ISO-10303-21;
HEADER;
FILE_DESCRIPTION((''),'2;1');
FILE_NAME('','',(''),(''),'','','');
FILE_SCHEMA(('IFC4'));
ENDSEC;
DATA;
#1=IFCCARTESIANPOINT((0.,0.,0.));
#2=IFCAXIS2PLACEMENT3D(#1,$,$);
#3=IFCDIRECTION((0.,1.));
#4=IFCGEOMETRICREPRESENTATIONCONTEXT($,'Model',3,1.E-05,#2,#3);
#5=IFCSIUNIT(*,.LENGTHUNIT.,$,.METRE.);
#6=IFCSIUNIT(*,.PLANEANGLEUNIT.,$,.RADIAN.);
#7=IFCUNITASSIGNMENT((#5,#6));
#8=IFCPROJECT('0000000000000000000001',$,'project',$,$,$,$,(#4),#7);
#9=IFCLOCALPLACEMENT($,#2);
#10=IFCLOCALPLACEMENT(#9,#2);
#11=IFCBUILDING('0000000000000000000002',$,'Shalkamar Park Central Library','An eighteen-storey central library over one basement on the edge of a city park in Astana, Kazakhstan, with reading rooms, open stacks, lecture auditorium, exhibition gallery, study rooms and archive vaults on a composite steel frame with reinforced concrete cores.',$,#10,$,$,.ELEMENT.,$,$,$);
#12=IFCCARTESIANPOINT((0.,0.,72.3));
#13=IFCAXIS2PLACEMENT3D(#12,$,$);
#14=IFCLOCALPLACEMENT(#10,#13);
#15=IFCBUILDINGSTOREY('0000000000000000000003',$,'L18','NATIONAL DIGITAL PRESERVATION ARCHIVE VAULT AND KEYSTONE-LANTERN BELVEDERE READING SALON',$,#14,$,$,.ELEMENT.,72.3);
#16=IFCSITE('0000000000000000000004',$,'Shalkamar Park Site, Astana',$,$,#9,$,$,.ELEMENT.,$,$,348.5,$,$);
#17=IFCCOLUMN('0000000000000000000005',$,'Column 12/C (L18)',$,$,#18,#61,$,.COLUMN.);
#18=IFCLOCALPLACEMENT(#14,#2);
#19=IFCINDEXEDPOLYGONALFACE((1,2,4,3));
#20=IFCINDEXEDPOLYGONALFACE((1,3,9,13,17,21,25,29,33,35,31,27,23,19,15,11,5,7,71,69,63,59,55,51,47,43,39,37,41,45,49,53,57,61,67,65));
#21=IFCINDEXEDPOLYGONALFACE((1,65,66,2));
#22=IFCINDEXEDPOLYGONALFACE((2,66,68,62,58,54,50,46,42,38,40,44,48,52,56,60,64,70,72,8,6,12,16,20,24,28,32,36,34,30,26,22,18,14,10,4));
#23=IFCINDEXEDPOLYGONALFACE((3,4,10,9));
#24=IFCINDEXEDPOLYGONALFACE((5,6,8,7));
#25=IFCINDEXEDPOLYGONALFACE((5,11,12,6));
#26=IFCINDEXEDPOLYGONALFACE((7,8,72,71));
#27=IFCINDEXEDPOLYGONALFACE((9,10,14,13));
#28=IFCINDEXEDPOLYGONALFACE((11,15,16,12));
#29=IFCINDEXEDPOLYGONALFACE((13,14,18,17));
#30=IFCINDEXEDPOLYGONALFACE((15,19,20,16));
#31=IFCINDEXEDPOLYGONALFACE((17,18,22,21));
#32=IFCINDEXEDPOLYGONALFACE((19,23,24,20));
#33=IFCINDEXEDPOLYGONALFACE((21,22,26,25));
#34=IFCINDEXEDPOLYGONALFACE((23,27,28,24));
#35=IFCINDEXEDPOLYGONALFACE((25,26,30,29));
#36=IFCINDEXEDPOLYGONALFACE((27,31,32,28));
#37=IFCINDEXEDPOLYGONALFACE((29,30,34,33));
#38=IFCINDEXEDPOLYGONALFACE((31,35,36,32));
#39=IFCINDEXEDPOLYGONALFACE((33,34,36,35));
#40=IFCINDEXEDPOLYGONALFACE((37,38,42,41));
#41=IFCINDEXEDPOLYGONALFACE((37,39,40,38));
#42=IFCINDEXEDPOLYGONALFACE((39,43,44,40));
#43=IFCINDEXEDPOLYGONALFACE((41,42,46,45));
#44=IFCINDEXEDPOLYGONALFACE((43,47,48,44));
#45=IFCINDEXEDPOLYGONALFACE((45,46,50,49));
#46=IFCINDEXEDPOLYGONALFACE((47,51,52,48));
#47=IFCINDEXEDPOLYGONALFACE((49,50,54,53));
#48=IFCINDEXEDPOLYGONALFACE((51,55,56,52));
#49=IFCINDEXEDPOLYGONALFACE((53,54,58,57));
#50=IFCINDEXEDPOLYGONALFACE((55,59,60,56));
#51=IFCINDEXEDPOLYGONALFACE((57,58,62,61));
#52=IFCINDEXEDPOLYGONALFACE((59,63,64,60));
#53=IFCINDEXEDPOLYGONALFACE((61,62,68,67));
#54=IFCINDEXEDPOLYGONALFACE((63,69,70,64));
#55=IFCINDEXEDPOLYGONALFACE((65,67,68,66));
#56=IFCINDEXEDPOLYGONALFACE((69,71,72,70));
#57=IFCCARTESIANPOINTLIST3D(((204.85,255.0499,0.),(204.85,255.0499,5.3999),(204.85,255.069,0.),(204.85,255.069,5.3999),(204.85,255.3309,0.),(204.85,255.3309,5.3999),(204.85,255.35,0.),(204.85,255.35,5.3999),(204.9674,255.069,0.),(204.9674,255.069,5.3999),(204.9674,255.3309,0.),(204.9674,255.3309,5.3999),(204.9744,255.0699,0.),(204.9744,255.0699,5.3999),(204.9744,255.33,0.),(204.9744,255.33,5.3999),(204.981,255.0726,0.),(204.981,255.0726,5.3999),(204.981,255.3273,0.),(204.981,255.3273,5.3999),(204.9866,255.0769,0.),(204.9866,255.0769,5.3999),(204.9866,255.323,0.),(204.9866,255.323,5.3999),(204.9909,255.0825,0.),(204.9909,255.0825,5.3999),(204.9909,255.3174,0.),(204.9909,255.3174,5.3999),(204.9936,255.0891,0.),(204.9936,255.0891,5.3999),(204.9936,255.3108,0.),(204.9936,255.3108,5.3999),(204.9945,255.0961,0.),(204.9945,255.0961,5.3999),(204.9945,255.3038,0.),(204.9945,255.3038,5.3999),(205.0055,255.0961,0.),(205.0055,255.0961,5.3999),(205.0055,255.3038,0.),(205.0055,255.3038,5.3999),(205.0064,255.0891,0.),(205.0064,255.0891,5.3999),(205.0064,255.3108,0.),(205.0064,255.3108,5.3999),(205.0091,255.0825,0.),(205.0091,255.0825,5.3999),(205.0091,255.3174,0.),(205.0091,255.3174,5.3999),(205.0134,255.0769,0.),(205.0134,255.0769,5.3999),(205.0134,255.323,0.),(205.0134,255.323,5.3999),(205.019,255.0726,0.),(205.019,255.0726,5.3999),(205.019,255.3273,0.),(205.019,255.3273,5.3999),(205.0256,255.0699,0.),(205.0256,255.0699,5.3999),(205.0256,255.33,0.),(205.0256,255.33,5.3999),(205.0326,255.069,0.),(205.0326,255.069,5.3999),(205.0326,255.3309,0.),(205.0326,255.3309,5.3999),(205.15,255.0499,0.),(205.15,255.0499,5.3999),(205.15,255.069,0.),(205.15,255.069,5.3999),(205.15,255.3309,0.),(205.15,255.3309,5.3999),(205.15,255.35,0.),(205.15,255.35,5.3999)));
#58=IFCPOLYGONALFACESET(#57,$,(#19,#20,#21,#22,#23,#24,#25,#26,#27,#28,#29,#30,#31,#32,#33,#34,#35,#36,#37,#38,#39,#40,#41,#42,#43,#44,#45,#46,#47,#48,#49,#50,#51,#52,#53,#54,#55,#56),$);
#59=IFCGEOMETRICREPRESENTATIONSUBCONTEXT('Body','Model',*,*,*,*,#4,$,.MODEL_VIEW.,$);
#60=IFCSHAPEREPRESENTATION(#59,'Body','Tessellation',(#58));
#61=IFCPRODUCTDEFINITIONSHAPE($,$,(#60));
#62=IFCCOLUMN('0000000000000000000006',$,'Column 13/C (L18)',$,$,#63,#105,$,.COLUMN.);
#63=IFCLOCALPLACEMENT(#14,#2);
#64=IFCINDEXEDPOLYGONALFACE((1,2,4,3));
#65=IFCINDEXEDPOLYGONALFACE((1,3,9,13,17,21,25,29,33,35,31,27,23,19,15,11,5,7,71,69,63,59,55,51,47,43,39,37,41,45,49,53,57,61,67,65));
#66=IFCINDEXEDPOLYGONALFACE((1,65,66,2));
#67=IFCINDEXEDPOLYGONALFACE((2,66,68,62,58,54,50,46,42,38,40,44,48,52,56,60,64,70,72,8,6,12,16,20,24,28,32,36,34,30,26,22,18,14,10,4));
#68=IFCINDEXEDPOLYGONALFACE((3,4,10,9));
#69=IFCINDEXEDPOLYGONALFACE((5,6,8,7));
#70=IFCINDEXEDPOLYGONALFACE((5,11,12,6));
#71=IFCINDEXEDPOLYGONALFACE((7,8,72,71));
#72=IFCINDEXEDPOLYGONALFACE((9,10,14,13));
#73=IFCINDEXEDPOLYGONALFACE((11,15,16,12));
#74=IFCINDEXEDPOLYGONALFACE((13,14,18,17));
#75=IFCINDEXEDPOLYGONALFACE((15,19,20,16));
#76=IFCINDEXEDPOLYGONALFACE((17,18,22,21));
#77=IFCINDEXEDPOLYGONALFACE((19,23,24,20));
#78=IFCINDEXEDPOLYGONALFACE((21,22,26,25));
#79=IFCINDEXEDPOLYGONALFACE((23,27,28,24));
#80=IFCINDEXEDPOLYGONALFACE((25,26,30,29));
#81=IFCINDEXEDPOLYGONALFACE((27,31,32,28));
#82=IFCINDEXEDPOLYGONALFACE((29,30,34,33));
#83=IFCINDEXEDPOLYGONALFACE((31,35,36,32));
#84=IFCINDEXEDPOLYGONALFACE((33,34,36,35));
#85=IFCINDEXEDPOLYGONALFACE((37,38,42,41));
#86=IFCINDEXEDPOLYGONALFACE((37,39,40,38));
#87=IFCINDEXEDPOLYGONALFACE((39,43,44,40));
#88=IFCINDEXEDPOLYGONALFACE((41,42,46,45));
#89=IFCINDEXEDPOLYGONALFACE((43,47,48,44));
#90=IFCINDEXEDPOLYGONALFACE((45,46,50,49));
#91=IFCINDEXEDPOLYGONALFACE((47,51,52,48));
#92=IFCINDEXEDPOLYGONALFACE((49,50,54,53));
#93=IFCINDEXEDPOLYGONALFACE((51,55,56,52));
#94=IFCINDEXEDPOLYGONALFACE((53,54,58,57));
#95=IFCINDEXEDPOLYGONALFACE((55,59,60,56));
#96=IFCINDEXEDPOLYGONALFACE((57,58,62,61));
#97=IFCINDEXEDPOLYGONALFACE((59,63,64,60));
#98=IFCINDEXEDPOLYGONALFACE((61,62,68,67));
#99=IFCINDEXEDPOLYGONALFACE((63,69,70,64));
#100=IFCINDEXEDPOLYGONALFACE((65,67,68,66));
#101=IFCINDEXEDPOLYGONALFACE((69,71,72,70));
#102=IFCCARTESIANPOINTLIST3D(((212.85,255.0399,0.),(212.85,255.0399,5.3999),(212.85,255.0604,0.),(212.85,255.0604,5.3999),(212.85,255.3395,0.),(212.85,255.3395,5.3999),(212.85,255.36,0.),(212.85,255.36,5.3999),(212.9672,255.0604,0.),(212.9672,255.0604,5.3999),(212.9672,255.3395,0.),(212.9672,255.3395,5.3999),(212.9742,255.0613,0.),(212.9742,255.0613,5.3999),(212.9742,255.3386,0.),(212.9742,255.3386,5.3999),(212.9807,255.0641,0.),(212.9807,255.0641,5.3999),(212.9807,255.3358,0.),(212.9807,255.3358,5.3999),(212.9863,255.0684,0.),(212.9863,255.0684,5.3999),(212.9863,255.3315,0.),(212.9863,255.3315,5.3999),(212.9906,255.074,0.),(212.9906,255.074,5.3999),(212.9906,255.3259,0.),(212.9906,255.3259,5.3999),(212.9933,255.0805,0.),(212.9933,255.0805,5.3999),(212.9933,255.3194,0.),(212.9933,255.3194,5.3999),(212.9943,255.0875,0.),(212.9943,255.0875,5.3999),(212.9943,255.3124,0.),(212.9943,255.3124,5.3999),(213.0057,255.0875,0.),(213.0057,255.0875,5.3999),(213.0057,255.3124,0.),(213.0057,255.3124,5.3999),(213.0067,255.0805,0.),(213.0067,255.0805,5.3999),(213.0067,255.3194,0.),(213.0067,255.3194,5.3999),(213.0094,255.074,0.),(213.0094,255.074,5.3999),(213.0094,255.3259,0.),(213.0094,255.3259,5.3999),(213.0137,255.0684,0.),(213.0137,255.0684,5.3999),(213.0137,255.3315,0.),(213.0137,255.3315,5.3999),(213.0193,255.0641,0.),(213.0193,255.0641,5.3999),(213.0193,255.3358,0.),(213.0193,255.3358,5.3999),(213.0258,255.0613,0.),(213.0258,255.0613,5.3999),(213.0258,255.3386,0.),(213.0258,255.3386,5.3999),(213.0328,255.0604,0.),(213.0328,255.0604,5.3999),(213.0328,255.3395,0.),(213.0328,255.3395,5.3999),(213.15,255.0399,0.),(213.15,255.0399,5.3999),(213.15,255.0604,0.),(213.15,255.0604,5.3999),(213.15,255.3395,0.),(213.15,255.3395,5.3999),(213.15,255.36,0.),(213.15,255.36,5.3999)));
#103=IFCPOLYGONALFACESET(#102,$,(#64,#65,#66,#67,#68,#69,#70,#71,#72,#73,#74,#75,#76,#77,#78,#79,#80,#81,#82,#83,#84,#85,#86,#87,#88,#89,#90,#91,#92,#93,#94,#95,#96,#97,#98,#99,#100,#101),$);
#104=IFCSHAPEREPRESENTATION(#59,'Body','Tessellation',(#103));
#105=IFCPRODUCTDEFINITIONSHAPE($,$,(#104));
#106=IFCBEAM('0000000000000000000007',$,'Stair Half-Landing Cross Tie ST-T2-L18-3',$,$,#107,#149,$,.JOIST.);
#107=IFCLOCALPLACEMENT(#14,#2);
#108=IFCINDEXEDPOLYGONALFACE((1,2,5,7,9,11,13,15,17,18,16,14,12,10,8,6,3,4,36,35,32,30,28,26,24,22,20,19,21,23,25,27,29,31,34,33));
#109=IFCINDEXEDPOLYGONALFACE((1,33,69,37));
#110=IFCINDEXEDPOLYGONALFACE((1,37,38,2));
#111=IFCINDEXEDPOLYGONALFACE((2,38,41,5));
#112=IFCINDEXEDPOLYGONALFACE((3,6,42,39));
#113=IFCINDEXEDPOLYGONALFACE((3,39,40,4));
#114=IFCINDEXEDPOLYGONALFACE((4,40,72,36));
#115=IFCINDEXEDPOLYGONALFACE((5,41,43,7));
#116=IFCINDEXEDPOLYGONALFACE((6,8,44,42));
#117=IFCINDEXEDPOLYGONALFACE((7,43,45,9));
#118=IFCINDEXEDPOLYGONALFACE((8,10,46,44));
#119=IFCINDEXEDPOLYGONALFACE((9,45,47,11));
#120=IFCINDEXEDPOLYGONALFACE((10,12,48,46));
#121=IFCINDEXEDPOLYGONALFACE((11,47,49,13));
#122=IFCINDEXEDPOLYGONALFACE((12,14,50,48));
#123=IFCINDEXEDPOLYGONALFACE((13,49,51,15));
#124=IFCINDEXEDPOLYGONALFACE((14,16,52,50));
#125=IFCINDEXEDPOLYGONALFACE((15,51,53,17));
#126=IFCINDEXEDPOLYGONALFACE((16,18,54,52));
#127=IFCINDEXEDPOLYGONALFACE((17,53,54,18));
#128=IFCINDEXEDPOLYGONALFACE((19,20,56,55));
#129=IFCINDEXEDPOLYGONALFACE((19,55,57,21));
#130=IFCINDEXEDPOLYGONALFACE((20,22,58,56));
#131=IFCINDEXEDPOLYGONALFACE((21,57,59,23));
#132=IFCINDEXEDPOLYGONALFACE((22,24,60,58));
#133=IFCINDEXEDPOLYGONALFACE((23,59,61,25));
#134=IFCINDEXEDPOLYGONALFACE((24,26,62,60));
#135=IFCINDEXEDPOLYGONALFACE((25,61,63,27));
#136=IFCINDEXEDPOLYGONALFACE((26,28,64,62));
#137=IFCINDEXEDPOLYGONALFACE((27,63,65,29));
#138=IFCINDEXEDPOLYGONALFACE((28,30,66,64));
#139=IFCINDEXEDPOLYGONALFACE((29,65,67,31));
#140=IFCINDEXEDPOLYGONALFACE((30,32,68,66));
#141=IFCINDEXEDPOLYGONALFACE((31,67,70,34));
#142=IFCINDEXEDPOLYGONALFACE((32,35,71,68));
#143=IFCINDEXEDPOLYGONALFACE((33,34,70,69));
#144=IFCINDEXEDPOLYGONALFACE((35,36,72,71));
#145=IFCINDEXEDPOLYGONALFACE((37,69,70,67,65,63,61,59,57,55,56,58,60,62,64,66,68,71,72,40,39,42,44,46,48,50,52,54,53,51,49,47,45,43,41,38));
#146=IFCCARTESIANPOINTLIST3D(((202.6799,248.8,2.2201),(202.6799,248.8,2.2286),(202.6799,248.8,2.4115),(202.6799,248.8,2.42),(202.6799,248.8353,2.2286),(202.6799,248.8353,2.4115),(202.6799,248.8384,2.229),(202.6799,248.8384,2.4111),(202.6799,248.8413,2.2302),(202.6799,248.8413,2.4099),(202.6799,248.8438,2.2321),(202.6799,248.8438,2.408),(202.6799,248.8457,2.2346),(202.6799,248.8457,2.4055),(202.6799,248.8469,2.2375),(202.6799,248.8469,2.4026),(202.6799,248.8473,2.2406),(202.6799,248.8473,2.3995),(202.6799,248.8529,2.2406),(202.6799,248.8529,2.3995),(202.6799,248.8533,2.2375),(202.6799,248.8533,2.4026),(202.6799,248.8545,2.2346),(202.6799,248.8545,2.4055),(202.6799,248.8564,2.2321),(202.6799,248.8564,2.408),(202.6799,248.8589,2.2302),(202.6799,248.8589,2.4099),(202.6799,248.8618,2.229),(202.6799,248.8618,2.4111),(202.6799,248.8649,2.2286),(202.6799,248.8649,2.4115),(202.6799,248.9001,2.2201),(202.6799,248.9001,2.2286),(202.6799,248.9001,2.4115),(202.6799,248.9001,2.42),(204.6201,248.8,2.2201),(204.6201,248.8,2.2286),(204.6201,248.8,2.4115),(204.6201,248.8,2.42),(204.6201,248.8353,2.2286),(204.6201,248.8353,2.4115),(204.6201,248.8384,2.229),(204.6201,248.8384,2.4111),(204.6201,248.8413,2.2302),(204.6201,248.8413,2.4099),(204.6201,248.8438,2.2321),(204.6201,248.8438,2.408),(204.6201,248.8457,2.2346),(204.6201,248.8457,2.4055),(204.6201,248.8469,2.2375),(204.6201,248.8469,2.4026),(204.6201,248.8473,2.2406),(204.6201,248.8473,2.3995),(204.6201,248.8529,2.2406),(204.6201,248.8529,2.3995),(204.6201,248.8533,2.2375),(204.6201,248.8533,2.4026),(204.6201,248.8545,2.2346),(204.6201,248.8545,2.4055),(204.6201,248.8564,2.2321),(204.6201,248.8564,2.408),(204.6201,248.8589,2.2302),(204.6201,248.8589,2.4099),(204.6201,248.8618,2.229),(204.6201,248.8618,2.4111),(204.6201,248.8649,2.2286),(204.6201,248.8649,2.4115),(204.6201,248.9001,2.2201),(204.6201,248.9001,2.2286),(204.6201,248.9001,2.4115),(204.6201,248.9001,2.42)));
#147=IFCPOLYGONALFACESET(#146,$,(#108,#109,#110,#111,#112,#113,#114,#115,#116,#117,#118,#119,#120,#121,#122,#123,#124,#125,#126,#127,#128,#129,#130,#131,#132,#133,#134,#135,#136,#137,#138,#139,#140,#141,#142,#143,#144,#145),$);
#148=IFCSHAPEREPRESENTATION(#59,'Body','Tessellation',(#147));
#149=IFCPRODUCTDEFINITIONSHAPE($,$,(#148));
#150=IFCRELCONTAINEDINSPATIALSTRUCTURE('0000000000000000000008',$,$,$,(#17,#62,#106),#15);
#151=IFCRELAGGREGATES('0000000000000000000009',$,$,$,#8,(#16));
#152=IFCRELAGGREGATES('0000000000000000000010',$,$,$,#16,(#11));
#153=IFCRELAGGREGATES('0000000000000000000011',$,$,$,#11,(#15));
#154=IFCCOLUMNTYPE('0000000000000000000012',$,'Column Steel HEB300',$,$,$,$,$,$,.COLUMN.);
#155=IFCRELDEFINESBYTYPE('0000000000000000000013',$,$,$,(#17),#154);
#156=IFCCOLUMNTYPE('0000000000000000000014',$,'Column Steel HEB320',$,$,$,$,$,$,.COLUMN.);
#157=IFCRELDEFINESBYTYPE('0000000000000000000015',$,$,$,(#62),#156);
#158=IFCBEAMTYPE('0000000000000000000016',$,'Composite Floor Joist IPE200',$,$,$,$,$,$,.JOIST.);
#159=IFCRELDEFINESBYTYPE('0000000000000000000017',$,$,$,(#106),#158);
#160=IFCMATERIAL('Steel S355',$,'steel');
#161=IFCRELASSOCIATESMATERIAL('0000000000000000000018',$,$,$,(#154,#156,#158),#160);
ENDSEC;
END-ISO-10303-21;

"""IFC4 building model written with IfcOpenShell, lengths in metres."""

from ifc_helpers import new_model, si_unit, direction, frame, origin, origin_2d, place, context, subcontext, project, spatial, i_section, extrude, material, material_profile, profile_set, type_object, element, save


model = new_model("IFC4")

# Units and contexts
model_context = context("Model", 3, precision=1e-05, world=origin(), true_north=direction((0.0, 1.0)))
body_context = subcontext(model_context, "Body", "Model", "MODEL_VIEW")
ifc_project = project(units=[si_unit("LENGTHUNIT", "METRE"), si_unit("PLANEANGLEUNIT", "RADIAN")], contexts=[model_context])

# Site, building, storey
site_placement = place(None, origin())
site = spatial("IfcSite", under=ifc_project, at=site_placement, Name="Shalkamar Park Site, Astana", CompositionType="ELEMENT", RefElevation=348.5)
building_placement = place(site_placement, origin())
building = spatial("IfcBuilding", under=site, at=building_placement, Name="Shalkamar Park Central Library", Description="An eighteen-storey central library over one basement on the edge of a city park in Astana, Kazakhstan, with reading rooms, open stacks, lecture auditorium, exhibition gallery, study rooms and archive vaults on a composite steel frame with reinforced concrete cores.", CompositionType="ELEMENT")
storey_placement = place(building_placement, frame((0.0, 0.0, 72.3)))
storey = spatial("IfcBuildingStorey", under=building, at=storey_placement, Name="L18", Description="NATIONAL DIGITAL PRESERVATION ARCHIVE VAULT AND KEYSTONE-LANTERN BELVEDERE READING SALON", CompositionType="ELEMENT", Elevation=72.3)

# Columns
ifc_material_1 = material(Name="Steel S355", Category="steel")
ifc_material_profile_1 = material_profile(ifc_material_1, i_section(OverallWidth=0.3, OverallDepth=0.3, WebThickness=0.011, FlangeThickness=0.019, FilletRadius=0.0271, at=origin_2d()), Name="HEB 300")
ifc_profile_set_1 = profile_set([ifc_material_profile_1], Name="Steel S355")
column_type_1 = type_object("IfcColumnType", Name="Column Steel HEB300", PredefinedType="COLUMN", material=ifc_profile_set_1)
column_1_placement = place(storey_placement, frame((205.0, 255.2, 0.0), z_axis=(0.0, 0.0, 1.0), x_axis=(1.0, 0.0, 0.0)))
element("IfcColumn", 1, at=column_1_placement, inside=storey, type_object=column_type_1, Name="Column 12/C (L18)", PredefinedType="COLUMN", context=body_context, shape_type="SweptSolid", body=[
    extrude(i_section(OverallWidth=0.3, OverallDepth=0.3, WebThickness=0.011, FlangeThickness=0.019, FilletRadius=0.0271, at=origin_2d()), origin(), (0.0, 0.0, 1.0), 5.3999),
])
ifc_material_profile_2 = material_profile(ifc_material_1, i_section(OverallWidth=0.3, OverallDepth=0.3201, WebThickness=0.0115, FlangeThickness=0.0205, FilletRadius=0.0271, at=origin_2d()), Name="HEB 320")
ifc_profile_set_2 = profile_set([ifc_material_profile_2], Name="Steel S355")
column_type_2 = type_object("IfcColumnType", Name="Column Steel HEB320", PredefinedType="COLUMN", material=ifc_profile_set_2)
column_2_placement = place(storey_placement, frame((213.0, 255.2, 0.0), z_axis=(0.0, 0.0, 1.0), x_axis=(1.0, 0.0, 0.0)))
element("IfcColumn", 2, at=column_2_placement, inside=storey, type_object=column_type_2, Name="Column 13/C (L18)", PredefinedType="COLUMN", context=body_context, shape_type="SweptSolid", body=[
    extrude(i_section(OverallWidth=0.3, OverallDepth=0.3201, WebThickness=0.0115, FlangeThickness=0.0205, FilletRadius=0.0271, at=origin_2d()), origin(), (0.0, 0.0, 1.0), 5.3999),
])

# Beam
ifc_material_profile_3 = material_profile(ifc_material_1, i_section(OverallWidth=0.1001, OverallDepth=0.2, WebThickness=0.0056, FlangeThickness=0.0085, FilletRadius=0.012, at=origin_2d()), Name="IPE 200")
ifc_profile_set_3 = profile_set([ifc_material_profile_3], Name="Steel S355")
beam_type_1 = type_object("IfcBeamType", Name="Composite Floor Joist IPE200", PredefinedType="JOIST", material=ifc_profile_set_3)
beam_1_placement = place(storey_placement, frame((202.6799, 248.8501, 2.3201), z_axis=(1.0, 0.0, 0.0), x_axis=(0.0, 1.0, 0.0)))
element("IfcBeam", 3, at=beam_1_placement, inside=storey, type_object=beam_type_1, Name="Stair Half-Landing Cross Tie ST-T2-L18-3", PredefinedType="JOIST", context=body_context, shape_type="SweptSolid", body=[
    extrude(i_section(OverallWidth=0.1001, OverallDepth=0.2, WebThickness=0.0056, FlangeThickness=0.0085, FilletRadius=0.012, at=origin_2d()), origin(), (0.0, 0.0, 1.0), 1.9402),
])

save(model, "model.ifc")
